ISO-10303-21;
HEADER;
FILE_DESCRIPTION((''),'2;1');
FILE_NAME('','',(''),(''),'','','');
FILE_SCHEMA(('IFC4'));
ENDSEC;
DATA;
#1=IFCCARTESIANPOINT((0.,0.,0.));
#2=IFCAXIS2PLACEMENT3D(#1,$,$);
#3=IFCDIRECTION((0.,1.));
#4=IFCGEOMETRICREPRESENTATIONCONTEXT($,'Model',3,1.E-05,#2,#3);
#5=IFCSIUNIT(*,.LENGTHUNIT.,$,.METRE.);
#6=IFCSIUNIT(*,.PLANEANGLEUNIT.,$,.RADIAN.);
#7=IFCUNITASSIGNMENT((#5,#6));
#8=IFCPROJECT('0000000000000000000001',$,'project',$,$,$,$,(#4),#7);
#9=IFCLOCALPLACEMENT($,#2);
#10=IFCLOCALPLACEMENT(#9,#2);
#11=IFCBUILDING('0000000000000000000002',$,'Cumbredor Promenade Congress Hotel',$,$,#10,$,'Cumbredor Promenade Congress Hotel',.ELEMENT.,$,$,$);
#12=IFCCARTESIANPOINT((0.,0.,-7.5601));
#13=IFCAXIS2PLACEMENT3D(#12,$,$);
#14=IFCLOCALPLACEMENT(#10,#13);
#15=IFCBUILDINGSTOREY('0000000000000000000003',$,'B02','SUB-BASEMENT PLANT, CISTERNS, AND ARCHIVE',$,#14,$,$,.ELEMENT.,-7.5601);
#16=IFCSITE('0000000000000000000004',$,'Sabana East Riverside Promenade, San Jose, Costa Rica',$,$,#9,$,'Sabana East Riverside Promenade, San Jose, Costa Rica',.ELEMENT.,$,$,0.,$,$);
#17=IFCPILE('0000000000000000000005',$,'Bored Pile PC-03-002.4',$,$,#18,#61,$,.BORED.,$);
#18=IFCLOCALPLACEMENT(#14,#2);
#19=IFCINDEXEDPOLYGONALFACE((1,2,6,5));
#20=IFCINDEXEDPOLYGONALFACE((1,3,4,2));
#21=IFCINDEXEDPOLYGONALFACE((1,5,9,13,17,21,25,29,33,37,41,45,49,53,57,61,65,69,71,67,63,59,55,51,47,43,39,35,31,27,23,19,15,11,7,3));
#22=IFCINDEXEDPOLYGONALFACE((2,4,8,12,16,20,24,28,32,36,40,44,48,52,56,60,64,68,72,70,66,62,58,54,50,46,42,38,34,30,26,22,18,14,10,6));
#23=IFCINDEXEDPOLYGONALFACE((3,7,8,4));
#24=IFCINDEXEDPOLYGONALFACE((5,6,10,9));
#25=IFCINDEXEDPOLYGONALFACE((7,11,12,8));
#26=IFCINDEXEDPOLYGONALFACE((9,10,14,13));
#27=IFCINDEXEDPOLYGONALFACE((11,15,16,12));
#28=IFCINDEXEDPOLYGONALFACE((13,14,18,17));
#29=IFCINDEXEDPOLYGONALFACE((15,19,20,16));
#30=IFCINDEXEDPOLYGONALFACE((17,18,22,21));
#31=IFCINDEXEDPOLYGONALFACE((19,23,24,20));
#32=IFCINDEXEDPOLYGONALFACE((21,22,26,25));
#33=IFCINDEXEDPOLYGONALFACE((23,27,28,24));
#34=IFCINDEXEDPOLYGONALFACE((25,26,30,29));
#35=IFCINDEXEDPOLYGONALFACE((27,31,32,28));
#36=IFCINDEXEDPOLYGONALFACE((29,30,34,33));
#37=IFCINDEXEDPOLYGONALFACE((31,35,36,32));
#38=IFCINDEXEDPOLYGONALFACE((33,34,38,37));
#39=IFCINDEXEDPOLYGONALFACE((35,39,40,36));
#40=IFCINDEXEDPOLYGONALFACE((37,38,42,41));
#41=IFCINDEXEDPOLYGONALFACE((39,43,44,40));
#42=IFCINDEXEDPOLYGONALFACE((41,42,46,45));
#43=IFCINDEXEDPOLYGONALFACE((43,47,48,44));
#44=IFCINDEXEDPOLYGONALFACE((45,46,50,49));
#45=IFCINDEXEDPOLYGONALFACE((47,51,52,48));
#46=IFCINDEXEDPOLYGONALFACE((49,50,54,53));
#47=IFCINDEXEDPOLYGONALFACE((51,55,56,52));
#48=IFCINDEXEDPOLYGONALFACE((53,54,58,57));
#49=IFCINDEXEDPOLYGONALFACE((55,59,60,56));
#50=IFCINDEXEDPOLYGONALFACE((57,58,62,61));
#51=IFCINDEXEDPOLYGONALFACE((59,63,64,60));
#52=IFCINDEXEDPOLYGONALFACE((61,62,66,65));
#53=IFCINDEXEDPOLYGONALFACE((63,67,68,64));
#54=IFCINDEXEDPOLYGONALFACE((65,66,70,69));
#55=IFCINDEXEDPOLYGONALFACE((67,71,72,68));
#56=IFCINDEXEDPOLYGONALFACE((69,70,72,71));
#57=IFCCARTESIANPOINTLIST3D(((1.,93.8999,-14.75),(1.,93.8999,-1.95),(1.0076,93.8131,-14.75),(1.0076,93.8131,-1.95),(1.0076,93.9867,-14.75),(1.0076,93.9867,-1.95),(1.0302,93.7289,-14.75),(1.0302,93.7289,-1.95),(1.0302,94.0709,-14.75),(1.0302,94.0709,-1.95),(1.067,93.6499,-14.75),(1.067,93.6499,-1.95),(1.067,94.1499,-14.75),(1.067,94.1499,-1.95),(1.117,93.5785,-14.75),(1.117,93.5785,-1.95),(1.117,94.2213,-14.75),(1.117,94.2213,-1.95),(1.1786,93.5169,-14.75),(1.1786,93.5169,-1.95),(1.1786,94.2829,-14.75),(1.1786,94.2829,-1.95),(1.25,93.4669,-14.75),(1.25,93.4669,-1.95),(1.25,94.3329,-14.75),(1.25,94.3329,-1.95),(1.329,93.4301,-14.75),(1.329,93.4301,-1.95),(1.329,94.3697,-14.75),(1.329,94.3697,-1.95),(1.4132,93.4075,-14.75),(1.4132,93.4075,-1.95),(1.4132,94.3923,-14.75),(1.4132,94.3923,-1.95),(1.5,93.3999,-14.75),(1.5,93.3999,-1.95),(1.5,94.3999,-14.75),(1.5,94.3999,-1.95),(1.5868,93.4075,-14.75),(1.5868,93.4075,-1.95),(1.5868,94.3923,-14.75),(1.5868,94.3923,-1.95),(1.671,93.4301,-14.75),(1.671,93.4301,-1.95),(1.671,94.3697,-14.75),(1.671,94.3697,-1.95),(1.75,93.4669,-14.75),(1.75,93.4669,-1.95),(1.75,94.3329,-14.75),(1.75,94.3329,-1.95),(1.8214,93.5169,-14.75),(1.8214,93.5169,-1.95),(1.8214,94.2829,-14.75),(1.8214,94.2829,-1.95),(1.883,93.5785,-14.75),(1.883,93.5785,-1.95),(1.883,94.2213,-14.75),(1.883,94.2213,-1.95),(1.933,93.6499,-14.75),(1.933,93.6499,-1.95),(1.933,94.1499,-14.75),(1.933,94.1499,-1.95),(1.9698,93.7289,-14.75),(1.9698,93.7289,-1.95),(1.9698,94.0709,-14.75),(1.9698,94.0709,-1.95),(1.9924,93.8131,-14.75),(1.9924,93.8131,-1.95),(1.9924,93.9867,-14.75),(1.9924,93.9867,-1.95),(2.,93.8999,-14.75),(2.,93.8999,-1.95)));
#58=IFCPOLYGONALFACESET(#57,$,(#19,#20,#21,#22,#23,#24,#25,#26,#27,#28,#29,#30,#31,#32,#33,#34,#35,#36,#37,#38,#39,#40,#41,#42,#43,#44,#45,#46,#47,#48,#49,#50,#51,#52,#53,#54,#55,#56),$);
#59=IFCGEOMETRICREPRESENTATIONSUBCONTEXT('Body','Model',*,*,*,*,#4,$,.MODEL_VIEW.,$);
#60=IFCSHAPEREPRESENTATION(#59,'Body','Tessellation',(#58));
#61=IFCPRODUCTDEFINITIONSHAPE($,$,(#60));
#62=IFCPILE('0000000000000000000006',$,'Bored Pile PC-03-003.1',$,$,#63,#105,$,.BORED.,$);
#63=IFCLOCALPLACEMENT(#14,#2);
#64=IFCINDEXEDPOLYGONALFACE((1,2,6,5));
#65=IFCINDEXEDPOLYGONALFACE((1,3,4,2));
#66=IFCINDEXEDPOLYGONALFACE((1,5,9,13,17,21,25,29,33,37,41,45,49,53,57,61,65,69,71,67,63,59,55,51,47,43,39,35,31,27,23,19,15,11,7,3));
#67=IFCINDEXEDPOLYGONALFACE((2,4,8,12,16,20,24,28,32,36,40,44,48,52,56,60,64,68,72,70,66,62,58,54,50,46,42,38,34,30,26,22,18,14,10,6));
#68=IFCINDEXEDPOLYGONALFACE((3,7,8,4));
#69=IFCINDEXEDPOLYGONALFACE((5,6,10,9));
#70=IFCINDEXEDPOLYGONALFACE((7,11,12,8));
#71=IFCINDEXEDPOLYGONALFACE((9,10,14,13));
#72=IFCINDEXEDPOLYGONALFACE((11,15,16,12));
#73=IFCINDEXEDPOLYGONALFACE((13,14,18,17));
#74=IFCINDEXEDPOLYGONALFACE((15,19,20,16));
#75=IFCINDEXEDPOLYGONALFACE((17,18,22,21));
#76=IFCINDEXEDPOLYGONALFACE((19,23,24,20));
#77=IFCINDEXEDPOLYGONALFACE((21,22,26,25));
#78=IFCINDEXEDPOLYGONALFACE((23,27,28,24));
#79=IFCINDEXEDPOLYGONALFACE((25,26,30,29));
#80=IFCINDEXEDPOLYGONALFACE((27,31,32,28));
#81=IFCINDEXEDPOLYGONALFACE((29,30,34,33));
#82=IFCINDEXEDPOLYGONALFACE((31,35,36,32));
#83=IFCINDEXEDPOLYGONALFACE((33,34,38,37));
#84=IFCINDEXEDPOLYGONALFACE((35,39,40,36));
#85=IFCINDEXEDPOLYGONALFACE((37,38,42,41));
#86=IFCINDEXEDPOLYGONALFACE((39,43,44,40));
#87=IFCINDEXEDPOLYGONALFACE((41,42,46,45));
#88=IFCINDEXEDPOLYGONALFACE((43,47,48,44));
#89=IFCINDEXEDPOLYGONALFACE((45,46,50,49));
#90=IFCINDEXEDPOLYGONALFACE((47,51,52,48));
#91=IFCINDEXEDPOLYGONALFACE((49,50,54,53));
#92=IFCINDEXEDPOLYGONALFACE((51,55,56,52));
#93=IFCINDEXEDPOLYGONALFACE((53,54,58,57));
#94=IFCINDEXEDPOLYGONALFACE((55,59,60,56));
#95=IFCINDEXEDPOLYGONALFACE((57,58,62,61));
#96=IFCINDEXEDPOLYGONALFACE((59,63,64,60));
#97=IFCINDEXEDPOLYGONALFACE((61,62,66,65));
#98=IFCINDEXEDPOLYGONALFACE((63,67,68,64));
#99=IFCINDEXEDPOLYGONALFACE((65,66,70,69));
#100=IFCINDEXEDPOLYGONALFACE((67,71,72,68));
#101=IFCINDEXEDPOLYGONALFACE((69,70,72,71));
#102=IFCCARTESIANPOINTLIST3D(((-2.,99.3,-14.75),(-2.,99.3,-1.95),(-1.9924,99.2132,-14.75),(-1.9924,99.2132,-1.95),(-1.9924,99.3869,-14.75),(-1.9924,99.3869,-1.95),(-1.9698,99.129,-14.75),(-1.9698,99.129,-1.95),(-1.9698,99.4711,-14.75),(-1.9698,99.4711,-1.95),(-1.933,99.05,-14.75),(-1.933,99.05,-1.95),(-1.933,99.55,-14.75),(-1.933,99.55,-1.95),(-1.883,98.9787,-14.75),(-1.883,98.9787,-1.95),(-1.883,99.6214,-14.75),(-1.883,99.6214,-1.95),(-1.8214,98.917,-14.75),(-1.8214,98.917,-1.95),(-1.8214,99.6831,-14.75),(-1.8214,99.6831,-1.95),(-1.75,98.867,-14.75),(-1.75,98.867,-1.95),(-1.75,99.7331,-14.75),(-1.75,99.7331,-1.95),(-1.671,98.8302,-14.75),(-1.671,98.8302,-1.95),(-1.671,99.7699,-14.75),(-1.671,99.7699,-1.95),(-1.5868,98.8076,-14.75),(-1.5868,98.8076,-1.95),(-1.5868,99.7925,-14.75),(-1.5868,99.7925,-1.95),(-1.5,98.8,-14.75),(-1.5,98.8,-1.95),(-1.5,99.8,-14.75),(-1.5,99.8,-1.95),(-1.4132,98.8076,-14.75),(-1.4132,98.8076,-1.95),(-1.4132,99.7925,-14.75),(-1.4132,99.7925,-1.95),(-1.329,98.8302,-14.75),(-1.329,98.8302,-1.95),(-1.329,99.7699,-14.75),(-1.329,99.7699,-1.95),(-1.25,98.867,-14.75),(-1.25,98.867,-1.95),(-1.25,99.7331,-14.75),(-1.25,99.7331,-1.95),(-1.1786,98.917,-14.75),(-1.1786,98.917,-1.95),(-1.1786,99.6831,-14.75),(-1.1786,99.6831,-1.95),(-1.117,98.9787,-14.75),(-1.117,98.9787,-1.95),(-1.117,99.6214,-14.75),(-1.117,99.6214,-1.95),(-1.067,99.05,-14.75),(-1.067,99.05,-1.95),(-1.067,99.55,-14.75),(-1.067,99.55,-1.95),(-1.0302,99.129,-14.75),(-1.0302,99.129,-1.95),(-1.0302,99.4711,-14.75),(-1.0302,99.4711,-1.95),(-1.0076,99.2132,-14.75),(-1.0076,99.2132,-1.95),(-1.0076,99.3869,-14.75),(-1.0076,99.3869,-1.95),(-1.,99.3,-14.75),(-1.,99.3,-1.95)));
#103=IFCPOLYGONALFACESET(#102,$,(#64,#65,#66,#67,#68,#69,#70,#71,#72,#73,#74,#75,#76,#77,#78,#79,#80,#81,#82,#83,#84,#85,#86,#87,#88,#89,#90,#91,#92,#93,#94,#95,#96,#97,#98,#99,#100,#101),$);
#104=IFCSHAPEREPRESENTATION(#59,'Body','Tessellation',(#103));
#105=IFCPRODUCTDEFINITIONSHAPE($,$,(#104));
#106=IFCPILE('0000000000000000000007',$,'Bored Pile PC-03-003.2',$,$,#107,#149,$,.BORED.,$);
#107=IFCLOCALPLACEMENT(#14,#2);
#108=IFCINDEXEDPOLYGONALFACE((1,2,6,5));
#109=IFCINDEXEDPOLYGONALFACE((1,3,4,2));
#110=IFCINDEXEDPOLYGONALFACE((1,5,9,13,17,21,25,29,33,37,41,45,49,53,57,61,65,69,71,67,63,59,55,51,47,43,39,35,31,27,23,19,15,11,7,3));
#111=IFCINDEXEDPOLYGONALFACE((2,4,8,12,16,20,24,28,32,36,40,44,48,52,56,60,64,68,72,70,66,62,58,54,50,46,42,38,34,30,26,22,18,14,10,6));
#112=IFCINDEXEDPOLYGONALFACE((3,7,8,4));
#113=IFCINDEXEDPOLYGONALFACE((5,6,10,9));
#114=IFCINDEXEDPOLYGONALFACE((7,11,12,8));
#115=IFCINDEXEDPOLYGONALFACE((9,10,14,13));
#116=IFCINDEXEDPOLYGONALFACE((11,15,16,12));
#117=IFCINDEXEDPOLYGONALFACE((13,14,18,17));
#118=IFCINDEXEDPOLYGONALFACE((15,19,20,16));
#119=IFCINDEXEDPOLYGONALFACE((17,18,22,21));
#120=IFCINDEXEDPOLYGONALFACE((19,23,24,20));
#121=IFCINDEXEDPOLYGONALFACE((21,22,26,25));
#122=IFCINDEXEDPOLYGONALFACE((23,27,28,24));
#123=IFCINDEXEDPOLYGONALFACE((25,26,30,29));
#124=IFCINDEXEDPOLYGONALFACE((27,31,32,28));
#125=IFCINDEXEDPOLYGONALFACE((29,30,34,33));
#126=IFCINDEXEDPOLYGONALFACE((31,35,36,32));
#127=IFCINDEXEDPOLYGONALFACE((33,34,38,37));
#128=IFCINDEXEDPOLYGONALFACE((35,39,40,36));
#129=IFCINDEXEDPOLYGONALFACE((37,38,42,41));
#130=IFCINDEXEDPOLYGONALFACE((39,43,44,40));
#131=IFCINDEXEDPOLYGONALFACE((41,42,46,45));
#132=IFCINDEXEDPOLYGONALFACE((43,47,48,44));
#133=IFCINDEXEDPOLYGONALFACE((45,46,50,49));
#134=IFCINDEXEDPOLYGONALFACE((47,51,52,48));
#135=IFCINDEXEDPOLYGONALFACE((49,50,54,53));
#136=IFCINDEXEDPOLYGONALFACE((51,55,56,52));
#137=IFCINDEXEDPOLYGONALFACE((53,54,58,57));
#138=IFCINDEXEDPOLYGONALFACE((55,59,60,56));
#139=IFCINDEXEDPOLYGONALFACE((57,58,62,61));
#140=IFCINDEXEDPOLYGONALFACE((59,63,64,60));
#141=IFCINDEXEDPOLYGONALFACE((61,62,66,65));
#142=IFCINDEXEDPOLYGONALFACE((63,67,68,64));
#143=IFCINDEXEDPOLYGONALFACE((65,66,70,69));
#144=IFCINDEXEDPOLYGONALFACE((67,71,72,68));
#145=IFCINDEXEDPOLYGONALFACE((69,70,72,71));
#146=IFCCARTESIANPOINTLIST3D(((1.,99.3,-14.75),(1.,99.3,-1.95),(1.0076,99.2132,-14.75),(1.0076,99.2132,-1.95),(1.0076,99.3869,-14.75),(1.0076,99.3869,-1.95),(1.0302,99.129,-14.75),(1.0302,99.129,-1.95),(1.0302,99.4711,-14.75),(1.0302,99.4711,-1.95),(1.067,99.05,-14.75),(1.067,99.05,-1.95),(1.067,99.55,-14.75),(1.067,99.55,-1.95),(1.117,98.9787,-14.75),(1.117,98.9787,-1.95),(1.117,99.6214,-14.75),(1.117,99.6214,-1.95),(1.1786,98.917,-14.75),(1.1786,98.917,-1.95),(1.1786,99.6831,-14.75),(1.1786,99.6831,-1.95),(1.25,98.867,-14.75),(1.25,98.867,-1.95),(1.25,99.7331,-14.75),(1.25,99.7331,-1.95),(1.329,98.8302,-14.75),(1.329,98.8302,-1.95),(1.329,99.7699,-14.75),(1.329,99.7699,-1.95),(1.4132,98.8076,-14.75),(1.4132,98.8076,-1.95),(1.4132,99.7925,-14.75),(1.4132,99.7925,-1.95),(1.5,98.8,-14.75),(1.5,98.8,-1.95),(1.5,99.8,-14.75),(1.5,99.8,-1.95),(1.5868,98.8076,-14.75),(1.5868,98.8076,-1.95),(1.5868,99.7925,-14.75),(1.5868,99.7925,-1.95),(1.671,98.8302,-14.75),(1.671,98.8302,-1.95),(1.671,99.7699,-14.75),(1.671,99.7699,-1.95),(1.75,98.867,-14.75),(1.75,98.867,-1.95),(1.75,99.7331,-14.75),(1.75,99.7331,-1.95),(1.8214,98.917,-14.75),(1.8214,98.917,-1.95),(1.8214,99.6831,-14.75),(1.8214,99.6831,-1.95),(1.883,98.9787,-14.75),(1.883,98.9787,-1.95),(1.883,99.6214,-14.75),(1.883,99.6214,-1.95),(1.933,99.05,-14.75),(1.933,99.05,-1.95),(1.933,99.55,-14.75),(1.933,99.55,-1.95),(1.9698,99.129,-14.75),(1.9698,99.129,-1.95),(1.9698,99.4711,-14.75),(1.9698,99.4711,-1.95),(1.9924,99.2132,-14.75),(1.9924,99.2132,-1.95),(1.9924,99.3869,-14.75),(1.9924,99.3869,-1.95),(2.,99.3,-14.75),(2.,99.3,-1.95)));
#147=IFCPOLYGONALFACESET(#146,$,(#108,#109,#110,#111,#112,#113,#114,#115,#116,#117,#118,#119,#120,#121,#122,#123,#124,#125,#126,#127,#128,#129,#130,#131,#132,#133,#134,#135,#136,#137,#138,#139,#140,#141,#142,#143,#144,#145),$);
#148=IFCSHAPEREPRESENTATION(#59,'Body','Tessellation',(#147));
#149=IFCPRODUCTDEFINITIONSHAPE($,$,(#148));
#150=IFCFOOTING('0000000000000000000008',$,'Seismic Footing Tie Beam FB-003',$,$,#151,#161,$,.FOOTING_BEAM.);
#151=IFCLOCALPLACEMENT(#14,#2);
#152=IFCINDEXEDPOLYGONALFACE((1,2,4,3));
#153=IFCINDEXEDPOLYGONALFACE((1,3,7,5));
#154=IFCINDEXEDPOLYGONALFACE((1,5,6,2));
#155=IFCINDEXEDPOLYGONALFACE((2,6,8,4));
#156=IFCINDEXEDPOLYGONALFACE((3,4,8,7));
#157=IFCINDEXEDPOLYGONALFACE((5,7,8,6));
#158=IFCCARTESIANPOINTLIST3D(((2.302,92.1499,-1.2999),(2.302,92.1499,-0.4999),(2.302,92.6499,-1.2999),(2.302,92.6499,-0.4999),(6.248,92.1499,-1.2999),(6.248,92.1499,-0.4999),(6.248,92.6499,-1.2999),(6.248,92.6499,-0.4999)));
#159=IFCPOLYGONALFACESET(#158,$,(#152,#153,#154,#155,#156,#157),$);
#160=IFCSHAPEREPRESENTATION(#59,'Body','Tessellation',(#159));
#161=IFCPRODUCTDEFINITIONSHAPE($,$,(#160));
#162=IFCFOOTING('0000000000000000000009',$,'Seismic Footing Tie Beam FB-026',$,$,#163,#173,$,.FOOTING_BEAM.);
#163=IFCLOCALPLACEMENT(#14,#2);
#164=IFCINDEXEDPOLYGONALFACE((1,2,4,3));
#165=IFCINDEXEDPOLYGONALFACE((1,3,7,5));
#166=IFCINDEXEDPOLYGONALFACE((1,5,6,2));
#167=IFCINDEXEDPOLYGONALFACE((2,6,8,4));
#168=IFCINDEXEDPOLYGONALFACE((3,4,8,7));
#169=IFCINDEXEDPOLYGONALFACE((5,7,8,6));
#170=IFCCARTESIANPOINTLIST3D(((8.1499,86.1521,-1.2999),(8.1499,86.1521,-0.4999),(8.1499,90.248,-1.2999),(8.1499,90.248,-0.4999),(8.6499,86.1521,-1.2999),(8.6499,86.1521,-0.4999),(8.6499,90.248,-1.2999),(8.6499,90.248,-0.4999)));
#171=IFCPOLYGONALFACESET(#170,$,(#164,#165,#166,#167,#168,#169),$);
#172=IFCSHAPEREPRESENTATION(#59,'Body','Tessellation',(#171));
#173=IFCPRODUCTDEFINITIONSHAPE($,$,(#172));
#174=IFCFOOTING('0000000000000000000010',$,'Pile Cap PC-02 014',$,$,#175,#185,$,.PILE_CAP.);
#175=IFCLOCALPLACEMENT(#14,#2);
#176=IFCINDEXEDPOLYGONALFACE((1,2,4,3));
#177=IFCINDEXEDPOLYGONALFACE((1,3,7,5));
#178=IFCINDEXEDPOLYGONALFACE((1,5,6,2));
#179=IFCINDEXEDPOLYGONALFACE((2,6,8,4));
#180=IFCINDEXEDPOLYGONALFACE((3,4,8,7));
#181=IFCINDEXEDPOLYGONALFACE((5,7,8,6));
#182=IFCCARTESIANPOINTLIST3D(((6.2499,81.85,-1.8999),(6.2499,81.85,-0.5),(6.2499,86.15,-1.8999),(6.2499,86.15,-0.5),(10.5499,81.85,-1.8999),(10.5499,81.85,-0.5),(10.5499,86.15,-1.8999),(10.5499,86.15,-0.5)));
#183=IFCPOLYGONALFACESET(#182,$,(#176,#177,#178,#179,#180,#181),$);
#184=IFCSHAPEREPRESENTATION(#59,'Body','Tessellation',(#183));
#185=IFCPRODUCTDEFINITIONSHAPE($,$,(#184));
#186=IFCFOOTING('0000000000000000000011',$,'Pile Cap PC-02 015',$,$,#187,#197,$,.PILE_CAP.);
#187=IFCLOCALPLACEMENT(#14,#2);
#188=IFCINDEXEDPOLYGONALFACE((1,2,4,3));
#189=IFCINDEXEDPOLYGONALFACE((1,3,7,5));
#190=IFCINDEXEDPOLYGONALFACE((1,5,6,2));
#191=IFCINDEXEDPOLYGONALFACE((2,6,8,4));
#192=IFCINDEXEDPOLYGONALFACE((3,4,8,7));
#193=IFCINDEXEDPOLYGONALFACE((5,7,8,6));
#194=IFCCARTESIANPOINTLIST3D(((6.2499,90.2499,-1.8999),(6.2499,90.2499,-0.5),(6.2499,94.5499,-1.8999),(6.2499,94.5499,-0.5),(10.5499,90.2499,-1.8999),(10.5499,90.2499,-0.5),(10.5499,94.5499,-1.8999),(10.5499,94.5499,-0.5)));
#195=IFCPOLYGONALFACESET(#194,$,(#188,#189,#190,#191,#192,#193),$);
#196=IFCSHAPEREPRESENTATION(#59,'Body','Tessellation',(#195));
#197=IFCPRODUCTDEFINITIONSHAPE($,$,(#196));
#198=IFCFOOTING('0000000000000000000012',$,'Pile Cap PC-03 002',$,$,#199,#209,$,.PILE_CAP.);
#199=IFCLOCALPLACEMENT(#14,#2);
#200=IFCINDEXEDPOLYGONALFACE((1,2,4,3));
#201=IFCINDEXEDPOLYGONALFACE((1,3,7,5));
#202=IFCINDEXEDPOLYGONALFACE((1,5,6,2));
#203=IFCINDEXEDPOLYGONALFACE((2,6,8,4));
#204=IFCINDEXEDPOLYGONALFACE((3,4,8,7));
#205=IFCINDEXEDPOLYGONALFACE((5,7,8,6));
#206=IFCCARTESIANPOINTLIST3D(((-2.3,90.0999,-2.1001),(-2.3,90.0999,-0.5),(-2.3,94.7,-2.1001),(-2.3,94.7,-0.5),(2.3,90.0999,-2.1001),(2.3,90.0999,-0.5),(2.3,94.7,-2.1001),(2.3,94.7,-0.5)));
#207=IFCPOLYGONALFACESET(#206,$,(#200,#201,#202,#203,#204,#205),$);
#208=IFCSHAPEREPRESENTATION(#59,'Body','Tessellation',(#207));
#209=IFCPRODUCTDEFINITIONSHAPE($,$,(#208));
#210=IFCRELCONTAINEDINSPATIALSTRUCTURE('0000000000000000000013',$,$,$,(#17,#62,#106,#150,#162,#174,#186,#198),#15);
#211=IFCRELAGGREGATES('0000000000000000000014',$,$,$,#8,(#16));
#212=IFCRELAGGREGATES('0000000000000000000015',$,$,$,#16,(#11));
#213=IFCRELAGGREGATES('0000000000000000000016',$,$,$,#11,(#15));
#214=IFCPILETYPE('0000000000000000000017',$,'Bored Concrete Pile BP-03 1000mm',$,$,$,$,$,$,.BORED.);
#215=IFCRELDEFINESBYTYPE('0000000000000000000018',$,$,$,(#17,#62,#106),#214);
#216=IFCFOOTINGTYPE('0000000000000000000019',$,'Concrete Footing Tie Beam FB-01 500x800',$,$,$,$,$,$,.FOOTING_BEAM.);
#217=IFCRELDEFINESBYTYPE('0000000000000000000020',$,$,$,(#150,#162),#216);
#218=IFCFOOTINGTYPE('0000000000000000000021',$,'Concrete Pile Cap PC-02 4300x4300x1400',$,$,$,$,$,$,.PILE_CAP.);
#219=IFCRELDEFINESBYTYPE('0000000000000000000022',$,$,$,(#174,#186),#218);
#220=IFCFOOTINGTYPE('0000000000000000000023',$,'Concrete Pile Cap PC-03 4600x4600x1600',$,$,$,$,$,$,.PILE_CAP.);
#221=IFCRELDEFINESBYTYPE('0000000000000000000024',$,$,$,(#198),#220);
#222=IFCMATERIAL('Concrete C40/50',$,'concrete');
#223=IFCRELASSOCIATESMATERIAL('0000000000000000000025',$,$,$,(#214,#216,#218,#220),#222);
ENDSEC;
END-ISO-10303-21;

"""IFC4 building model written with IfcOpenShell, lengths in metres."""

from ifc_helpers import new_model, si_unit, direction, frame, origin, origin_2d, place, context, subcontext, project, spatial, rectangle, circle, extrude, material, material_profile, profile_set, type_object, element, save


model = new_model("IFC4")

# Units and contexts
model_context = context("Model", 3, precision=1e-05, world=origin(), true_north=direction((0.0, 1.0)))
body_context = subcontext(model_context, "Body", "Model", "MODEL_VIEW")
ifc_project = project(units=[si_unit("LENGTHUNIT", "METRE"), si_unit("PLANEANGLEUNIT", "RADIAN")], contexts=[model_context])

# Site, building, storey
site_placement = place(None, origin())
site = spatial("IfcSite", under=ifc_project, at=site_placement, Name="Sabana East Riverside Promenade, San Jose, Costa Rica", LongName="Sabana East Riverside Promenade, San Jose, Costa Rica", CompositionType="ELEMENT", RefElevation=0.0)
building_placement = place(site_placement, origin())
building = spatial("IfcBuilding", under=site, at=building_placement, Name="Cumbredor Promenade Congress Hotel", LongName="Cumbredor Promenade Congress Hotel", CompositionType="ELEMENT")
storey_placement = place(building_placement, frame((0.0, 0.0, -7.5601)))
storey = spatial("IfcBuildingStorey", under=building, at=storey_placement, Name="B02", Description="SUB-BASEMENT PLANT, CISTERNS, AND ARCHIVE", CompositionType="ELEMENT", Elevation=-7.5601)

# Piles
ifc_material_1 = material(Name="Concrete C40/50", Category="concrete")
ifc_material_profile_1 = material_profile(ifc_material_1, circle(Radius=0.5, at=origin_2d()), Name="PILE D1000")
ifc_profile_set_1 = profile_set([ifc_material_profile_1], Name="Concrete C40/50")
pile_type_1 = type_object("IfcPileType", Name="Bored Concrete Pile BP-03 1000mm", PredefinedType="BORED", material=ifc_profile_set_1)
for number, where, z_axis, x_axis, name in (
    (1, (1.5, 93.8999, -1.95), (0.0, 0.0, -1.0), (1.0, 0.0, 0.0), "Bored Pile PC-03-002.4"),
    (2, (-1.5, 99.3, -1.95), (0.0, 0.0, -1.0), (1.0, 0.0, 0.0), "Bored Pile PC-03-003.1"),
    (3, (1.5, 99.3, -1.95), (0.0, 0.0, -1.0), (1.0, 0.0, 0.0), "Bored Pile PC-03-003.2"),
):
    element("IfcPile", number, at=place(storey_placement, frame(where, z_axis=z_axis, x_axis=x_axis)), inside=storey, type_object=pile_type_1, Name=name, PredefinedType="BORED", context=body_context, shape_type="SweptSolid", body=[
        extrude(circle(Radius=0.5, at=origin_2d()), origin(), (0.0, 0.0, 1.0), 12.8),
    ])

# Footings
ifc_material_profile_2 = material_profile(ifc_material_1, rectangle(XDim=0.5, YDim=0.8, at=origin_2d()), Name="FB 500x800")
ifc_profile_set_2 = profile_set([ifc_material_profile_2], Name="Concrete C40/50")
footing_type_1 = type_object("IfcFootingType", Name="Concrete Footing Tie Beam FB-01 500x800", PredefinedType="FOOTING_BEAM", material=ifc_profile_set_2)
footing_1_placement = place(storey_placement, frame((2.302, 92.3999, -0.8999), z_axis=(1.0, 0.0, 0.0), x_axis=(0.0, 1.0, 0.0)))
element("IfcFooting", 4, at=footing_1_placement, inside=storey, type_object=footing_type_1, Name="Seismic Footing Tie Beam FB-003", PredefinedType="FOOTING_BEAM", context=body_context, shape_type="SweptSolid", body=[
    extrude(rectangle(XDim=0.5, YDim=0.8, at=origin_2d()), origin(), (0.0, 0.0, 1.0), 3.946),
])
footing_2_placement = place(storey_placement, frame((8.3999, 86.1521, -0.8999), z_axis=(0.0, 1.0, 0.0), x_axis=(-1.0, 0.0, 0.0)))
element("IfcFooting", 5, at=footing_2_placement, inside=storey, type_object=footing_type_1, Name="Seismic Footing Tie Beam FB-026", PredefinedType="FOOTING_BEAM", context=body_context, shape_type="SweptSolid", body=[
    extrude(rectangle(XDim=0.5, YDim=0.8, at=origin_2d()), origin(), (0.0, 0.0, 1.0), 4.0959),
])
footing_type_2 = type_object("IfcFootingType", Name="Concrete Pile Cap PC-02 4300x4300x1400", PredefinedType="PILE_CAP", material=ifc_material_1)
for number, where, z_axis, x_axis, name in (
    (6, (8.3999, 84.0, -1.8999), (0.0, 0.0, 1.0), (1.0, 0.0, 0.0), "Pile Cap PC-02 014"),
    (7, (8.3999, 92.3999, -1.8999), (0.0, 0.0, 1.0), (1.0, 0.0, 0.0), "Pile Cap PC-02 015"),
):
    element("IfcFooting", number, at=place(storey_placement, frame(where, z_axis=z_axis, x_axis=x_axis)), inside=storey, type_object=footing_type_2, Name=name, PredefinedType="PILE_CAP", context=body_context, shape_type="SweptSolid", body=[
        extrude(rectangle(XDim=4.3, YDim=4.3, at=origin_2d()), origin(), (0.0, 0.0, 1.0), 1.3999),
    ])
footing_type_3 = type_object("IfcFootingType", Name="Concrete Pile Cap PC-03 4600x4600x1600", PredefinedType="PILE_CAP", material=ifc_material_1)
footing_3_placement = place(storey_placement, frame((0.0, 92.3999, -2.1001), z_axis=(0.0, 0.0, 1.0), x_axis=(1.0, 0.0, 0.0)))
element("IfcFooting", 8, at=footing_3_placement, inside=storey, type_object=footing_type_3, Name="Pile Cap PC-03 002", PredefinedType="PILE_CAP", context=body_context, shape_type="SweptSolid", body=[
    extrude(rectangle(XDim=4.6001, YDim=4.6001, at=origin_2d()), origin(), (0.0, 0.0, 1.0), 1.6001),
])

save(model, "model.ifc")
